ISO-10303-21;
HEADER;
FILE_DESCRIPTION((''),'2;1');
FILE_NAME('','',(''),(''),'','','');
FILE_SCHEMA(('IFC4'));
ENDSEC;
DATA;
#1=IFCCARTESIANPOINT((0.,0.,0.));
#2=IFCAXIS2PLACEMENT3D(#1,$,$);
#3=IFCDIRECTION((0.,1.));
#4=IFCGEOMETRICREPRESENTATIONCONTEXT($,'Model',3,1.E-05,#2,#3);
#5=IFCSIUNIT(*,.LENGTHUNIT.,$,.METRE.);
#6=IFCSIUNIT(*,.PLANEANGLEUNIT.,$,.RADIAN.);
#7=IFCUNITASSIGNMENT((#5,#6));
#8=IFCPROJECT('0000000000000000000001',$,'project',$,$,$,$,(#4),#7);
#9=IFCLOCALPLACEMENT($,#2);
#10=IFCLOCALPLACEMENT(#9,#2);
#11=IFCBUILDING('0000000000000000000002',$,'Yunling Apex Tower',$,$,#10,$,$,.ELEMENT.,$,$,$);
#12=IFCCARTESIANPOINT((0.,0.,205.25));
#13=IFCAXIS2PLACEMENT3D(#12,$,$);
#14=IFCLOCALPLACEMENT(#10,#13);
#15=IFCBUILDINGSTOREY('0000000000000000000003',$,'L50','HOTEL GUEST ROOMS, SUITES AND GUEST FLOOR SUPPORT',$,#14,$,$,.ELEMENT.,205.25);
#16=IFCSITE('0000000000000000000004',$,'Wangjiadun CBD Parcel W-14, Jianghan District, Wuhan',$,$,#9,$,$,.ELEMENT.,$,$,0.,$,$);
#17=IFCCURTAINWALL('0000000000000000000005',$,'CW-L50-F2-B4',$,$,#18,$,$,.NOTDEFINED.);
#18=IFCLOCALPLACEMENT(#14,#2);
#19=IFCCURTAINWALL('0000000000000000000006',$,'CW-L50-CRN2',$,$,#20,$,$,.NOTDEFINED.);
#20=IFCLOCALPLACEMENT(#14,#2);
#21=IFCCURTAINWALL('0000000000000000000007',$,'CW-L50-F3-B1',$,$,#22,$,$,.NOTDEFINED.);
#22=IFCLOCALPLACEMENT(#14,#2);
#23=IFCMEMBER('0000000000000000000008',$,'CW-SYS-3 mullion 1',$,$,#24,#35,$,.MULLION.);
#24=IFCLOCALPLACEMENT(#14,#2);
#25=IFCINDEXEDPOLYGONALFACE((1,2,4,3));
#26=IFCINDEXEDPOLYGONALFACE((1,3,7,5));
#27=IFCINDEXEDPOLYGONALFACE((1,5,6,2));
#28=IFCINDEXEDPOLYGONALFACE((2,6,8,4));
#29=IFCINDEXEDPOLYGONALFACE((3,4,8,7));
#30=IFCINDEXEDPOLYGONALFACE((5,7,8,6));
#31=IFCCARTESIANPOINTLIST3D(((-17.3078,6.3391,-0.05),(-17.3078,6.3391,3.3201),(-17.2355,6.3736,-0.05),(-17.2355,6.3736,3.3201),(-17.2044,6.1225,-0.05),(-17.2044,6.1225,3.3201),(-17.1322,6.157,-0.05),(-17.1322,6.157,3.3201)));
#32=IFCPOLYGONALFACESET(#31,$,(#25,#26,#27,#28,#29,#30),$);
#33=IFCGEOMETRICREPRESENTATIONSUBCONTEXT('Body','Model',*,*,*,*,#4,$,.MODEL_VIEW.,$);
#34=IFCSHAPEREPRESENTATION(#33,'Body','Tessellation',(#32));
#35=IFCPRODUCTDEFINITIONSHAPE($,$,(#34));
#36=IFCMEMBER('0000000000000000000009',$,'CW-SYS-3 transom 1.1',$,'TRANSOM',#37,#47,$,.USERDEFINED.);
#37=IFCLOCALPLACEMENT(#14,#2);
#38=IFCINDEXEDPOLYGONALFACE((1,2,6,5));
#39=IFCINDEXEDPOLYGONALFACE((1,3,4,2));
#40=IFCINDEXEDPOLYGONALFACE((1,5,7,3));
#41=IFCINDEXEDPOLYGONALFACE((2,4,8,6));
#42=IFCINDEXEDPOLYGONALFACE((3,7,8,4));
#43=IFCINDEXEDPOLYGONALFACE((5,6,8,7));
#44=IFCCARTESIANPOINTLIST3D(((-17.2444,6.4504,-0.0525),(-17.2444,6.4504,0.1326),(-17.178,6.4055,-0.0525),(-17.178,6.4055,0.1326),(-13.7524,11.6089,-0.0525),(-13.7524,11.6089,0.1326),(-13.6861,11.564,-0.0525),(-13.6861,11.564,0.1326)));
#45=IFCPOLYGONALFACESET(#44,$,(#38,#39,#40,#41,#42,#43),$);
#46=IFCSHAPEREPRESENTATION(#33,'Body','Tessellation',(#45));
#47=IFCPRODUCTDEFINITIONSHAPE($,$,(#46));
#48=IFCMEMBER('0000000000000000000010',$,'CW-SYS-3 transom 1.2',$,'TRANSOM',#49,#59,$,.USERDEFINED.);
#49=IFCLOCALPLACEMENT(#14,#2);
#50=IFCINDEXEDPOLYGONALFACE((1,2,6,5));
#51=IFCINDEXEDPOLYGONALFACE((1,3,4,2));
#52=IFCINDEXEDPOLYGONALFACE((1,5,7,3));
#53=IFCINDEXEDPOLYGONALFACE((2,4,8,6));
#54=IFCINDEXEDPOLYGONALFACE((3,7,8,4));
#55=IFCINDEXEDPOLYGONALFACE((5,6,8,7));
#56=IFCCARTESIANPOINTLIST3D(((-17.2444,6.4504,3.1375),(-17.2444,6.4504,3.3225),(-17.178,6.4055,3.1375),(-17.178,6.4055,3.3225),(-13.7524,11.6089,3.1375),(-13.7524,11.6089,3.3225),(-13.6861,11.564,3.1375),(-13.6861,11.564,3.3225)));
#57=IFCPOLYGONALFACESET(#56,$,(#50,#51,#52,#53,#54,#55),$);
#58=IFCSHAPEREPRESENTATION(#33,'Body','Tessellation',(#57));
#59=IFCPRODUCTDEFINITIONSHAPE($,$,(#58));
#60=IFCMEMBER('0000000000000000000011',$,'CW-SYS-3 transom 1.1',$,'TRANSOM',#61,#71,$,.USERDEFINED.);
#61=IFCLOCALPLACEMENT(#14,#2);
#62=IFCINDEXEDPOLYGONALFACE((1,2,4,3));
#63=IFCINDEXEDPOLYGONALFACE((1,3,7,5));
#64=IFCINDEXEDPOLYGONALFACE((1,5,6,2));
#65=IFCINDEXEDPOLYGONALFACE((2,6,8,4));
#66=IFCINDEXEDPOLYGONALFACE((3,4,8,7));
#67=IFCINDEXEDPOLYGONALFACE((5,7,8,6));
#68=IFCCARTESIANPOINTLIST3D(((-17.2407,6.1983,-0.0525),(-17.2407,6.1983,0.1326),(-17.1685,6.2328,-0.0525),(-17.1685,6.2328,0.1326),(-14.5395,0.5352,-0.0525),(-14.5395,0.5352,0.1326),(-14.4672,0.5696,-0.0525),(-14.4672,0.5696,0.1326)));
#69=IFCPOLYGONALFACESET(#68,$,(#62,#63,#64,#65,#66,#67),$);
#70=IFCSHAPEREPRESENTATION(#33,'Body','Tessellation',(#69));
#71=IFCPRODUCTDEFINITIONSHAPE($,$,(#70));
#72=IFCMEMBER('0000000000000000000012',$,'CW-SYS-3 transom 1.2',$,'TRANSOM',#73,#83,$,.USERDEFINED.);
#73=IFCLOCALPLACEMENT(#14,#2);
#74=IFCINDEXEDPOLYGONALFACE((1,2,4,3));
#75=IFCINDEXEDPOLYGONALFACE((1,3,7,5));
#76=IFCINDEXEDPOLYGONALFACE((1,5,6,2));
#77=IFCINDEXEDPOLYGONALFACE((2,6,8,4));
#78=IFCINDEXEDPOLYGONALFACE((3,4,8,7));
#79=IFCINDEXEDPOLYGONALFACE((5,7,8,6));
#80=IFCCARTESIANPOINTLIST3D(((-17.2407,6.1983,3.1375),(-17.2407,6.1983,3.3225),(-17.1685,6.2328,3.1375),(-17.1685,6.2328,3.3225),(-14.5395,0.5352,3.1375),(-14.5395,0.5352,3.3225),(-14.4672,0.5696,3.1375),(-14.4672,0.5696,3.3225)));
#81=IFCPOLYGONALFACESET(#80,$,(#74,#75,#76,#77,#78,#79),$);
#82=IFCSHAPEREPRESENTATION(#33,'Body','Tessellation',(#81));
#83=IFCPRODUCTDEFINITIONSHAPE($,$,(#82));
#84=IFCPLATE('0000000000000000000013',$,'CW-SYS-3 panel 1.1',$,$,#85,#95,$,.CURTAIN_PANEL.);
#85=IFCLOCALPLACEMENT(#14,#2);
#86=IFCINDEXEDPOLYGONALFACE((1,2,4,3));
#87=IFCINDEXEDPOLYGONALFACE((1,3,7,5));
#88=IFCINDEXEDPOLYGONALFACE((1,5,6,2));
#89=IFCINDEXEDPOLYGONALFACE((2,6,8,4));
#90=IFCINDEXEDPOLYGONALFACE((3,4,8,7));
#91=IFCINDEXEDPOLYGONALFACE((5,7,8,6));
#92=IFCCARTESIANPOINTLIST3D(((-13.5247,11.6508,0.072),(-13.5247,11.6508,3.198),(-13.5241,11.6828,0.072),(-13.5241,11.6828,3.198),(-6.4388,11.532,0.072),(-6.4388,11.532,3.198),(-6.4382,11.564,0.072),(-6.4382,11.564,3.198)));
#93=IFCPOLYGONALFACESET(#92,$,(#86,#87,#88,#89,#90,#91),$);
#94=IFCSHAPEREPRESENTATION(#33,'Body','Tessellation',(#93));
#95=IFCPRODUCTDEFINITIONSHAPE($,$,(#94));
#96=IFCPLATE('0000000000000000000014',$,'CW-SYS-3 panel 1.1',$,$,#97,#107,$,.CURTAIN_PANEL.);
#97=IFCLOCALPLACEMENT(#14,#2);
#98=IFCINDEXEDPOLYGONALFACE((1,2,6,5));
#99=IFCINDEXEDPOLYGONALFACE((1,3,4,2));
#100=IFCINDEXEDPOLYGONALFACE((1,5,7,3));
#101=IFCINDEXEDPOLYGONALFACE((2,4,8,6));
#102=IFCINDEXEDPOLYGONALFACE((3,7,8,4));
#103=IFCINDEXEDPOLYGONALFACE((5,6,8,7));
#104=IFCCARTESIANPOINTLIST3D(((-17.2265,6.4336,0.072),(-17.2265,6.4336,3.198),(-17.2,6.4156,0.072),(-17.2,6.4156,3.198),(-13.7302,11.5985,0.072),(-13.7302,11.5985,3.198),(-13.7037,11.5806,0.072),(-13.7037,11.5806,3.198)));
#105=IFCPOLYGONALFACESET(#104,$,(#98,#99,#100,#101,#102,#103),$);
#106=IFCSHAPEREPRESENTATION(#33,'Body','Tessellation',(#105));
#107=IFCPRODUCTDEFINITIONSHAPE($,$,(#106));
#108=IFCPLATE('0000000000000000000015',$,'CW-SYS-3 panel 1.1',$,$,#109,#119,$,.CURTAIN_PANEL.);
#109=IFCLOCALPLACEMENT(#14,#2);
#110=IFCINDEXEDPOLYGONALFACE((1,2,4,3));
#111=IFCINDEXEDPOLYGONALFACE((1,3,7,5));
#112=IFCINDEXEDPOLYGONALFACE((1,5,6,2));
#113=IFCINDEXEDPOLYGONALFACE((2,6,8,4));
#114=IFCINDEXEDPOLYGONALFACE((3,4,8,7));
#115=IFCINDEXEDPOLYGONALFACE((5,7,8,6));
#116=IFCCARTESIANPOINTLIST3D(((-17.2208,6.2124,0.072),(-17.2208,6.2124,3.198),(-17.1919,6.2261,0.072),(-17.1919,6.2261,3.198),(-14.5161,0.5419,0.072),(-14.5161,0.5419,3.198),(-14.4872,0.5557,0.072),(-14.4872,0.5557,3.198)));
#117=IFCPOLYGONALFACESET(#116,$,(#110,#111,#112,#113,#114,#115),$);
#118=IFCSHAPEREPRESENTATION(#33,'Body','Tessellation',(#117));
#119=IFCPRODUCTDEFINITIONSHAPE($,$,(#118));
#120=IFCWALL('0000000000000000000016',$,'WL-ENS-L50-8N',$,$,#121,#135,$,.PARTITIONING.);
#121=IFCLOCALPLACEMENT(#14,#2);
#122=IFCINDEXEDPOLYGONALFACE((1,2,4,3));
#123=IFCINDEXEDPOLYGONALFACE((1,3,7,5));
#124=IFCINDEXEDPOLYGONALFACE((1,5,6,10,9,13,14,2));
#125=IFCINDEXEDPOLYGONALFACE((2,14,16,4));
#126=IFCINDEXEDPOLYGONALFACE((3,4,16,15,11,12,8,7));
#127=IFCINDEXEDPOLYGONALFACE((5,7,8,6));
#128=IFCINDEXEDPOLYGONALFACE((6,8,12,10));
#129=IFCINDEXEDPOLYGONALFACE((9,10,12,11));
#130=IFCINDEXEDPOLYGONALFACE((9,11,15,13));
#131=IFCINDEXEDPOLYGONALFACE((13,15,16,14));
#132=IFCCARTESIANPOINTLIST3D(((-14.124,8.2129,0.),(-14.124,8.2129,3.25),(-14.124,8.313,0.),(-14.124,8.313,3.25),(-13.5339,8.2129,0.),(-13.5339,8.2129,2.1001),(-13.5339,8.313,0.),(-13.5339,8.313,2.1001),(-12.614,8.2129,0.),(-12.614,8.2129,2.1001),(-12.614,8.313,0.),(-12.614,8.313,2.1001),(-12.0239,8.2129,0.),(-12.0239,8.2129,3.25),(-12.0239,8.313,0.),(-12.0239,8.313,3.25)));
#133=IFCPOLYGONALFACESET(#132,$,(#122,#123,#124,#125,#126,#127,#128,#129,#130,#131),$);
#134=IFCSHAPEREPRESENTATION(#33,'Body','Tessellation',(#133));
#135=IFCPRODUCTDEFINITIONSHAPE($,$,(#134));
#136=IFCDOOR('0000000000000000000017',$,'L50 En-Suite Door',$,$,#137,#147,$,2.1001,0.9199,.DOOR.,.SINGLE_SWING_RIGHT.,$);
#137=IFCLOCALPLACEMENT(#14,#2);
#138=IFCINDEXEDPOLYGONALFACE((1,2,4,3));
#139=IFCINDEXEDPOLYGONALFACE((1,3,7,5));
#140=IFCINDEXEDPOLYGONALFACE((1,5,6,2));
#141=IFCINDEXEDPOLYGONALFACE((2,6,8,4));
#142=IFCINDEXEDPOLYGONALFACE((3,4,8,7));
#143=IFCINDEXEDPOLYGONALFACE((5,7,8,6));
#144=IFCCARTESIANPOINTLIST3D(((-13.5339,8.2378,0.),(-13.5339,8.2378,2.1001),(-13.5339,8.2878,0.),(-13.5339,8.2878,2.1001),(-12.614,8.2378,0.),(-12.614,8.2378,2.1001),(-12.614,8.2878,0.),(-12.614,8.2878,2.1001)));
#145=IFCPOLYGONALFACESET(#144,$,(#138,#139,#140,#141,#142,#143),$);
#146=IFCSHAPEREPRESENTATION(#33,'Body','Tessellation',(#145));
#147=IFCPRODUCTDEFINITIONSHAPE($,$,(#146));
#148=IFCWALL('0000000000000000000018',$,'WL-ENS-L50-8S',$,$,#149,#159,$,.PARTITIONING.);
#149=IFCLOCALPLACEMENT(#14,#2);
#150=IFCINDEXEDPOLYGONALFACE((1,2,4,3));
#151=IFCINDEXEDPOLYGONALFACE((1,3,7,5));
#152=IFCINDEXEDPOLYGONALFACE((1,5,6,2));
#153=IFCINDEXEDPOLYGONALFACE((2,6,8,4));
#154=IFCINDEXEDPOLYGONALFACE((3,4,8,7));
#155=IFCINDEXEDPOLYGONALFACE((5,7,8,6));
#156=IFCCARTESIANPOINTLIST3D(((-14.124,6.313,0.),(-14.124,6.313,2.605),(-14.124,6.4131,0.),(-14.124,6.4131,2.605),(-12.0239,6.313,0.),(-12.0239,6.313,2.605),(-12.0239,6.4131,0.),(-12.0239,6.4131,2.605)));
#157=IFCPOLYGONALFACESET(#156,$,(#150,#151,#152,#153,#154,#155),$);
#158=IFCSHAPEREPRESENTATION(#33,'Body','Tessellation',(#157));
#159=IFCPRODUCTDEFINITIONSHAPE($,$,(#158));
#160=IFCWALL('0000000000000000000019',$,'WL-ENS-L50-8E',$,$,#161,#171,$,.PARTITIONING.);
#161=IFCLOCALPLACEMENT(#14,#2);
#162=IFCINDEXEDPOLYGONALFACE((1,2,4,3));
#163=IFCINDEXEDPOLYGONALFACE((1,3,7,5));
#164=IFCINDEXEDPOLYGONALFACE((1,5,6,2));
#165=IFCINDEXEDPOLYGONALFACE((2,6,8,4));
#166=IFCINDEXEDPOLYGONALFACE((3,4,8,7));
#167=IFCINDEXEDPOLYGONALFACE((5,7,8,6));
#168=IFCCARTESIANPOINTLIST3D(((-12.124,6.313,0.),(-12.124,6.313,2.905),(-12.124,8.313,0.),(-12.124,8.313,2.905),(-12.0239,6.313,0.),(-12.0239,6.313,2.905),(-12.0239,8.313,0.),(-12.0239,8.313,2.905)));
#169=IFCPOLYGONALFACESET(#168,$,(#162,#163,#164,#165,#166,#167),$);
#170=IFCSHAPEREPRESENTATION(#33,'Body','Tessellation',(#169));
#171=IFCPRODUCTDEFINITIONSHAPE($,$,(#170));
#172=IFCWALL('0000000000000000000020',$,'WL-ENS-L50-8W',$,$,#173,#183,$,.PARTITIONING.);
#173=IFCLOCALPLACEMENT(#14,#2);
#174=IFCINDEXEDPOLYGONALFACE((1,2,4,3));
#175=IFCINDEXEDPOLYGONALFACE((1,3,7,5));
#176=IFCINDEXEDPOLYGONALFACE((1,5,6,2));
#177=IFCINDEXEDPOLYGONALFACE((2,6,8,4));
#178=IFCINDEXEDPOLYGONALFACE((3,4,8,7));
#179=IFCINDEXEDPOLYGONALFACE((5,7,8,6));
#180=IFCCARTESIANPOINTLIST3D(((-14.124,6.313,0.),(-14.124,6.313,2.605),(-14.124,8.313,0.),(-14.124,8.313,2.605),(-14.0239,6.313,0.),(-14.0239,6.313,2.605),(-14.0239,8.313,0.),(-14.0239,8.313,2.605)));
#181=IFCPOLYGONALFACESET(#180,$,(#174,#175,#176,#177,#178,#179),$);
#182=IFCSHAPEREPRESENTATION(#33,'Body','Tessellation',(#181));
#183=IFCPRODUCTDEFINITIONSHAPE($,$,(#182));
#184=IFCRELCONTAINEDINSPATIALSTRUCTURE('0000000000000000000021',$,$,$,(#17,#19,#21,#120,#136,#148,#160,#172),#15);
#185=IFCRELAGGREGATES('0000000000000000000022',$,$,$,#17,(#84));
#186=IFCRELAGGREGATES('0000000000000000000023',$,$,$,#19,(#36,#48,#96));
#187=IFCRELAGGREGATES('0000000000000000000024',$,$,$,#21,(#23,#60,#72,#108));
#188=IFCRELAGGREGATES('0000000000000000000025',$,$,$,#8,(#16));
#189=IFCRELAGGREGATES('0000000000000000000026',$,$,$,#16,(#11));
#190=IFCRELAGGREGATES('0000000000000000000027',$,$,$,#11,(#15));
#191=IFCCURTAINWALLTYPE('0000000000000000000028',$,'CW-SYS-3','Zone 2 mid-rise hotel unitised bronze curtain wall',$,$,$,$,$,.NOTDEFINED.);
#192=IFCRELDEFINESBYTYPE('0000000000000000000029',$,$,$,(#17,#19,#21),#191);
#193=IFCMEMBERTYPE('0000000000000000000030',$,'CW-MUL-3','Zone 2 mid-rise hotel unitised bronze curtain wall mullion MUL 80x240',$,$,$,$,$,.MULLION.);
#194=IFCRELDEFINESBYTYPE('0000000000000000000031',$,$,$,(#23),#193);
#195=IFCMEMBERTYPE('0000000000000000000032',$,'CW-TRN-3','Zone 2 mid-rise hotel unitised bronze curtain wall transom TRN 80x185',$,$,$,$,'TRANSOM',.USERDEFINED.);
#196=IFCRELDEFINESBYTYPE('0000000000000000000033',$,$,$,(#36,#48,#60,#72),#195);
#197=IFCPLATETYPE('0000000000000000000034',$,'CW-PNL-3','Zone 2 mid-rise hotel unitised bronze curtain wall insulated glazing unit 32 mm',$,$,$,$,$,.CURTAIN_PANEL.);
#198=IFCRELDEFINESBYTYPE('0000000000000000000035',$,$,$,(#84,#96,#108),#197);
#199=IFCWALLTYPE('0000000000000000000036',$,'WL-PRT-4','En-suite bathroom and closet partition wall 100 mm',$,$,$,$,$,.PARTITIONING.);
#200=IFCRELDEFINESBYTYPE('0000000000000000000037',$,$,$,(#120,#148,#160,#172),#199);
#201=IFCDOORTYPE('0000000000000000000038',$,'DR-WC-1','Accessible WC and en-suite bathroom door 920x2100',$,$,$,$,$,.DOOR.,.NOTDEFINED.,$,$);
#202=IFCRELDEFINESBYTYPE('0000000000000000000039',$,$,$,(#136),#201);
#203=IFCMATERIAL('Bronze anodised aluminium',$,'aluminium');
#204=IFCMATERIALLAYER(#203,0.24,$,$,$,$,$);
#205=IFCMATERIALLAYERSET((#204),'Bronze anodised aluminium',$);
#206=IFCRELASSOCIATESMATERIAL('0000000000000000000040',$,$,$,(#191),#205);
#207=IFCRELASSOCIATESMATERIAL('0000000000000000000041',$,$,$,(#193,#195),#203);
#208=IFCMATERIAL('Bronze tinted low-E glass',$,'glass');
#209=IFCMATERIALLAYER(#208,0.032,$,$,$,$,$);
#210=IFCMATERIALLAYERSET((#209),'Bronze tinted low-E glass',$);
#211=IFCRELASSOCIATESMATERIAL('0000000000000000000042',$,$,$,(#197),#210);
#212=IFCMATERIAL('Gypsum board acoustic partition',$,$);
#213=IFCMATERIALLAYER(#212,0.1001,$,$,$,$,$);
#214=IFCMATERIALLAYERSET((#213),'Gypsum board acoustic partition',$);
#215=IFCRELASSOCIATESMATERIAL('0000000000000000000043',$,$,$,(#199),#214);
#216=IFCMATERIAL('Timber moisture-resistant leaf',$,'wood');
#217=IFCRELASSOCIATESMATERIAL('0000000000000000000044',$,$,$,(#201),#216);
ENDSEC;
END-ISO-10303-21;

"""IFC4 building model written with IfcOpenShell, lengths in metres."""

from ifc_helpers import new_model, si_unit, direction, frame, frame_2d, origin, origin_2d, place, context, subcontext, project, spatial, rectangle, extrude, source, transform, mapped, material, layer, layer_set, material_profile, profile_set, type_object, element, fill, aggregate, save


model = new_model("IFC4")

# Units and contexts
model_context = context("Model", 3, precision=1e-05, world=origin(), true_north=direction((0.0, 1.0)))
body_context = subcontext(model_context, "Body", "Model", "MODEL_VIEW")
ifc_project = project(units=[si_unit("LENGTHUNIT", "METRE"), si_unit("PLANEANGLEUNIT", "RADIAN")], contexts=[model_context])

# Site, building, storey
site_placement = place(None, origin())
site = spatial("IfcSite", under=ifc_project, at=site_placement, Name="Wangjiadun CBD Parcel W-14, Jianghan District, Wuhan", CompositionType="ELEMENT", RefElevation=0.0)
building_placement = place(site_placement, origin())
building = spatial("IfcBuilding", under=site, at=building_placement, Name="Yunling Apex Tower", CompositionType="ELEMENT")
storey_placement = place(building_placement, frame((0.0, 0.0, 205.25)))
storey = spatial("IfcBuildingStorey", under=building, at=storey_placement, Name="L50", Description="HOTEL GUEST ROOMS, SUITES AND GUEST FLOOR SUPPORT", CompositionType="ELEMENT", Elevation=205.25)

# Curtain wall
ifc_material_1 = material(Name="Bronze anodised aluminium", Category="aluminium")
ifc_layer_1 = layer(ifc_material_1, 0.24)
ifc_layer_set_1 = layer_set([ifc_layer_1], Name="Bronze anodised aluminium")
curtain_wall_type = type_object("IfcCurtainWallType", Name="CW-SYS-3", Description="Zone 2 mid-rise hotel unitised bronze curtain wall", PredefinedType="NOTDEFINED", material=ifc_layer_set_1)
curtain_wall_1_placement = place(storey_placement, origin())
curtain_wall_1 = element("IfcCurtainWall", 1, at=curtain_wall_1_placement, inside=storey, type_object=curtain_wall_type, Name="CW-L50-F2-B4", PredefinedType="NOTDEFINED")
ifc_material_profile_1 = material_profile(ifc_material_1, rectangle(XDim=0.0801, YDim=0.24, at=origin_2d()))
ifc_profile_set_1 = profile_set([ifc_material_profile_1], Name="Bronze anodised aluminium")
member_type_1 = type_object("IfcMemberType", Name="CW-MUL-3", Description="Zone 2 mid-rise hotel unitised bronze curtain wall mullion MUL 80x240", PredefinedType="MULLION", material=ifc_profile_set_1)
shared_shape_1 = source(origin(), body_context, "Body", "SweptSolid", [
    extrude(rectangle(XDim=0.0801, YDim=0.24, at=origin_2d()), origin(), (0.0, 0.0, 1.0), 3.3701),
])

# Curtain wall
curtain_wall_2_placement = place(storey_placement, origin())
curtain_wall_2 = element("IfcCurtainWall", 2, at=curtain_wall_2_placement, inside=storey, type_object=curtain_wall_type, Name="CW-L50-CRN2", PredefinedType="NOTDEFINED")

# Curtain wall, member
curtain_wall_3_placement = place(storey_placement, origin())
curtain_wall_3 = element("IfcCurtainWall", 3, at=curtain_wall_3_placement, inside=storey, type_object=curtain_wall_type, Name="CW-L50-F3-B1", PredefinedType="NOTDEFINED")
member_1_placement = place(storey_placement, frame((-17.22, 6.248, -0.05), z_axis=(0.0, 0.0, 1.0), x_axis=(0.902582, 0.430518, 0.0)))
member_1 = element("IfcMember", 4, at=member_1_placement, type_object=member_type_1, Name="CW-SYS-3 mullion 1", PredefinedType="MULLION", context=body_context, shape_type="MappedRepresentation", body=[
    mapped(shared_shape_1, transform((0.0, 0.0, 0.0), scale=1.0)),
])

# Members
ifc_material_profile_2 = material_profile(ifc_material_1, rectangle(XDim=0.0801, YDim=0.1851, at=origin_2d()))
ifc_profile_set_2 = profile_set([ifc_material_profile_2], Name="Bronze anodised aluminium")
member_type_2 = type_object("IfcMemberType", Name="CW-TRN-3", Description="Zone 2 mid-rise hotel unitised bronze curtain wall transom TRN 80x185", ElementType="TRANSOM", PredefinedType="USERDEFINED", material=ifc_profile_set_2)
shared_shape_2 = source(origin(), body_context, "Body", "SweptSolid", [
    extrude(rectangle(XDim=0.0801, YDim=0.1851, at=origin_2d()), origin(), (0.0, 0.0, 1.0), 6.2292),
])
member_2_placement = place(storey_placement, frame((-13.7192, 11.5864, 0.04), z_axis=(-0.560574, -0.828104, 0.0), x_axis=(0.828104, -0.560574, 0.0)))
member_2 = element("IfcMember", 5, at=member_2_placement, type_object=member_type_2, Name="CW-SYS-3 transom 1.1", ObjectType="TRANSOM", PredefinedType="USERDEFINED", context=body_context, shape_type="MappedRepresentation", body=[
    mapped(shared_shape_2, transform((0.0, 0.0, 0.0), scale=1.0)),
])
member_3_placement = place(storey_placement, frame((-13.7192, 11.5864, 3.23), z_axis=(-0.560574, -0.828104, 0.0), x_axis=(0.828104, -0.560574, 0.0)))
member_3 = element("IfcMember", 6, at=member_3_placement, type_object=member_type_2, Name="CW-SYS-3 transom 1.2", ObjectType="TRANSOM", PredefinedType="USERDEFINED", context=body_context, shape_type="MappedRepresentation", body=[
    mapped(shared_shape_2, transform((0.0, 0.0, 0.0), scale=1.0)),
])
shared_shape_3 = source(origin(), body_context, "Body", "SweptSolid", [
    extrude(rectangle(XDim=0.0801, YDim=0.1851, at=origin_2d()), origin(), (0.0, 0.0, 1.0), 6.2744),
])
member_4_placement = place(storey_placement, frame((-17.2046, 6.2156, 0.04), z_axis=(0.430513, -0.902584, 0.0), x_axis=(0.902584, 0.430513, 0.0)))
member_4 = element("IfcMember", 7, at=member_4_placement, type_object=member_type_2, Name="CW-SYS-3 transom 1.1", ObjectType="TRANSOM", PredefinedType="USERDEFINED", context=body_context, shape_type="MappedRepresentation", body=[
    mapped(shared_shape_3, transform((0.0, 0.0, 0.0), scale=1.0)),
])
member_5_placement = place(storey_placement, frame((-17.2046, 6.2156, 3.23), z_axis=(0.430513, -0.902584, 0.0), x_axis=(0.902584, 0.430513, 0.0)))
member_5 = element("IfcMember", 8, at=member_5_placement, type_object=member_type_2, Name="CW-SYS-3 transom 1.2", ObjectType="TRANSOM", PredefinedType="USERDEFINED", context=body_context, shape_type="MappedRepresentation", body=[
    mapped(shared_shape_3, transform((0.0, 0.0, 0.0), scale=1.0)),
])

# Plates
ifc_material_2 = material(Name="Bronze tinted low-E glass", Category="glass")
ifc_layer_2 = layer(ifc_material_2, 0.032)
ifc_layer_set_2 = layer_set([ifc_layer_2], Name="Bronze tinted low-E glass")
plate_type = type_object("IfcPlateType", Name="CW-PNL-3", Description="Zone 2 mid-rise hotel unitised bronze curtain wall insulated glazing unit 32 mm", PredefinedType="CURTAIN_PANEL", material=ifc_layer_set_2)
shared_shape_4 = source(origin(), body_context, "Body", "SweptSolid", [
    extrude(rectangle(XDim=7.0869, YDim=0.032, at=origin_2d()), origin(), (0.0, 0.0, 1.0), 3.126),
])
plate_1_placement = place(storey_placement, frame((-9.9814, 11.6074, 0.072), z_axis=(0.0, 0.0, 1.0), x_axis=(-0.99986, 0.016761, 0.0)))
plate_1 = element("IfcPlate", 9, at=plate_1_placement, type_object=plate_type, Name="CW-SYS-3 panel 1.1", PredefinedType="CURTAIN_PANEL", context=body_context, shape_type="MappedRepresentation", body=[
    mapped(shared_shape_4, transform((0.0, 0.0, 0.0), scale=1.0)),
])
aggregate(curtain_wall_1, [plate_1])
shared_shape_5 = source(origin(), body_context, "Body", "SweptSolid", [
    extrude(rectangle(XDim=6.2371, YDim=0.032, at=origin_2d()), origin(), (0.0, 0.0, 1.0), 3.126),
])
plate_2_placement = place(storey_placement, frame((-15.4651, 9.0071, 0.072), z_axis=(0.0, 0.0, 1.0), x_axis=(-0.56057, -0.828107, 0.0)))
plate_2 = element("IfcPlate", 10, at=plate_2_placement, type_object=plate_type, Name="CW-SYS-3 panel 1.1", PredefinedType="CURTAIN_PANEL", context=body_context, shape_type="MappedRepresentation", body=[
    mapped(shared_shape_5, transform((0.0, 0.0, 0.0), scale=1.0)),
])
aggregate(curtain_wall_2, [member_2, member_3, plate_2])
shared_shape_6 = source(origin(), body_context, "Body", "SweptSolid", [
    extrude(rectangle(XDim=6.2825, YDim=0.032, at=origin_2d()), origin(), (0.0, 0.0, 1.0), 3.126),
])
plate_3_placement = place(storey_placement, frame((-15.854, 3.384, 0.072), z_axis=(0.0, 0.0, 1.0), x_axis=(0.430518, -0.902582, 0.0)))
plate_3 = element("IfcPlate", 11, at=plate_3_placement, type_object=plate_type, Name="CW-SYS-3 panel 1.1", PredefinedType="CURTAIN_PANEL", context=body_context, shape_type="MappedRepresentation", body=[
    mapped(shared_shape_6, transform((0.0, 0.0, 0.0), scale=1.0)),
])
aggregate(curtain_wall_3, [member_1, member_4, member_5, plate_3])

# Wall, opening, door
ifc_material_3 = material(Name="Gypsum board acoustic partition")
ifc_layer_3 = layer(ifc_material_3, 0.1001)
ifc_layer_set_3 = layer_set([ifc_layer_3], Name="Gypsum board acoustic partition")
wall_type = type_object("IfcWallType", Name="WL-PRT-4", Description="En-suite bathroom and closet partition wall 100 mm", PredefinedType="PARTITIONING", material=ifc_layer_set_3)
wall_1_placement = place(storey_placement, frame((-14.124, 8.2629, 0.0), z_axis=(0.0, 0.0, 1.0), x_axis=(1.0, 0.0, 0.0)))
wall_1 = element("IfcWall", 12, at=wall_1_placement, inside=storey, type_object=wall_type, Name="WL-ENS-L50-8N", PredefinedType="PARTITIONING", context=body_context, shape_type="SweptSolid", body=[
    extrude(rectangle(XDim=2.1001, YDim=0.1001, at=frame_2d((1.05, 0.0))), origin(), (0.0, 0.0, 1.0), 3.25),
])
opening_1_placement = place(wall_1_placement, frame((0.5901, 0.0, 0.0)))
opening_1 = element("IfcOpeningElement", 13, at=opening_1_placement, cuts=wall_1, PredefinedType="OPENING", context=body_context, shape_type="SweptSolid", body=[
    extrude(rectangle(XDim=0.9199, YDim=2.1001, at=frame_2d((0.46, 1.05))), frame((0.0, 0.0601, 0.0), z_axis=(0.0, -1.0, 0.0), x_axis=(1.0, 0.0, 0.0)), (0.0, 0.0, 1.0), 0.1201),
])
ifc_material_4 = material(Name="Timber moisture-resistant leaf", Category="wood")
door_type = type_object("IfcDoorType", Name="DR-WC-1", Description="Accessible WC and en-suite bathroom door 920x2100", OperationType="NOTDEFINED", PredefinedType="DOOR", material=ifc_material_4)
door_1_placement = place(opening_1_placement, origin())
door_1 = element("IfcDoor", 14, at=door_1_placement, inside=storey, type_object=door_type, Name="L50 En-Suite Door", OperationType="SINGLE_SWING_RIGHT", OverallHeight=2.1001, OverallWidth=0.9199, PredefinedType="DOOR", context=body_context, shape_type="SweptSolid", body=[
    extrude(rectangle(XDim=0.9199, YDim=2.1001, at=frame_2d((0.46, 1.05))), frame((0.0, 0.0249, 0.0), z_axis=(0.0, -1.0, 0.0), x_axis=(1.0, 0.0, 0.0)), (0.0, 0.0, 1.0), 0.05),
])
fill(opening_1, door_1)

# Walls
wall_2_placement = place(storey_placement, frame((-12.0239, 6.363, 0.0), z_axis=(0.0, 0.0, 1.0), x_axis=(-1.0, 0.0, 0.0)))
element("IfcWall", 15, at=wall_2_placement, inside=storey, type_object=wall_type, Name="WL-ENS-L50-8S", PredefinedType="PARTITIONING", context=body_context, shape_type="SweptSolid", body=[
    extrude(rectangle(XDim=2.1001, YDim=0.1001, at=frame_2d((1.05, 0.0))), origin(), (0.0, 0.0, 1.0), 2.605),
])
wall_3_placement = place(storey_placement, frame((-12.074, 8.313, 0.0), z_axis=(0.0, 0.0, 1.0), x_axis=(0.0, -1.0, 0.0)))
element("IfcWall", 16, at=wall_3_placement, inside=storey, type_object=wall_type, Name="WL-ENS-L50-8E", PredefinedType="PARTITIONING", context=body_context, shape_type="SweptSolid", body=[
    extrude(rectangle(XDim=2.0, YDim=0.1001, at=frame_2d((1.0, 0.0))), origin(), (0.0, 0.0, 1.0), 2.905),
])
wall_4_placement = place(storey_placement, frame((-14.074, 6.313, 0.0), z_axis=(0.0, 0.0, 1.0), x_axis=(0.0, 1.0, 0.0)))
element("IfcWall", 17, at=wall_4_placement, inside=storey, type_object=wall_type, Name="WL-ENS-L50-8W", PredefinedType="PARTITIONING", context=body_context, shape_type="SweptSolid", body=[
    extrude(rectangle(XDim=2.0, YDim=0.1001, at=frame_2d((1.0, 0.0))), origin(), (0.0, 0.0, 1.0), 2.605),
])

save(model, "model.ifc")
